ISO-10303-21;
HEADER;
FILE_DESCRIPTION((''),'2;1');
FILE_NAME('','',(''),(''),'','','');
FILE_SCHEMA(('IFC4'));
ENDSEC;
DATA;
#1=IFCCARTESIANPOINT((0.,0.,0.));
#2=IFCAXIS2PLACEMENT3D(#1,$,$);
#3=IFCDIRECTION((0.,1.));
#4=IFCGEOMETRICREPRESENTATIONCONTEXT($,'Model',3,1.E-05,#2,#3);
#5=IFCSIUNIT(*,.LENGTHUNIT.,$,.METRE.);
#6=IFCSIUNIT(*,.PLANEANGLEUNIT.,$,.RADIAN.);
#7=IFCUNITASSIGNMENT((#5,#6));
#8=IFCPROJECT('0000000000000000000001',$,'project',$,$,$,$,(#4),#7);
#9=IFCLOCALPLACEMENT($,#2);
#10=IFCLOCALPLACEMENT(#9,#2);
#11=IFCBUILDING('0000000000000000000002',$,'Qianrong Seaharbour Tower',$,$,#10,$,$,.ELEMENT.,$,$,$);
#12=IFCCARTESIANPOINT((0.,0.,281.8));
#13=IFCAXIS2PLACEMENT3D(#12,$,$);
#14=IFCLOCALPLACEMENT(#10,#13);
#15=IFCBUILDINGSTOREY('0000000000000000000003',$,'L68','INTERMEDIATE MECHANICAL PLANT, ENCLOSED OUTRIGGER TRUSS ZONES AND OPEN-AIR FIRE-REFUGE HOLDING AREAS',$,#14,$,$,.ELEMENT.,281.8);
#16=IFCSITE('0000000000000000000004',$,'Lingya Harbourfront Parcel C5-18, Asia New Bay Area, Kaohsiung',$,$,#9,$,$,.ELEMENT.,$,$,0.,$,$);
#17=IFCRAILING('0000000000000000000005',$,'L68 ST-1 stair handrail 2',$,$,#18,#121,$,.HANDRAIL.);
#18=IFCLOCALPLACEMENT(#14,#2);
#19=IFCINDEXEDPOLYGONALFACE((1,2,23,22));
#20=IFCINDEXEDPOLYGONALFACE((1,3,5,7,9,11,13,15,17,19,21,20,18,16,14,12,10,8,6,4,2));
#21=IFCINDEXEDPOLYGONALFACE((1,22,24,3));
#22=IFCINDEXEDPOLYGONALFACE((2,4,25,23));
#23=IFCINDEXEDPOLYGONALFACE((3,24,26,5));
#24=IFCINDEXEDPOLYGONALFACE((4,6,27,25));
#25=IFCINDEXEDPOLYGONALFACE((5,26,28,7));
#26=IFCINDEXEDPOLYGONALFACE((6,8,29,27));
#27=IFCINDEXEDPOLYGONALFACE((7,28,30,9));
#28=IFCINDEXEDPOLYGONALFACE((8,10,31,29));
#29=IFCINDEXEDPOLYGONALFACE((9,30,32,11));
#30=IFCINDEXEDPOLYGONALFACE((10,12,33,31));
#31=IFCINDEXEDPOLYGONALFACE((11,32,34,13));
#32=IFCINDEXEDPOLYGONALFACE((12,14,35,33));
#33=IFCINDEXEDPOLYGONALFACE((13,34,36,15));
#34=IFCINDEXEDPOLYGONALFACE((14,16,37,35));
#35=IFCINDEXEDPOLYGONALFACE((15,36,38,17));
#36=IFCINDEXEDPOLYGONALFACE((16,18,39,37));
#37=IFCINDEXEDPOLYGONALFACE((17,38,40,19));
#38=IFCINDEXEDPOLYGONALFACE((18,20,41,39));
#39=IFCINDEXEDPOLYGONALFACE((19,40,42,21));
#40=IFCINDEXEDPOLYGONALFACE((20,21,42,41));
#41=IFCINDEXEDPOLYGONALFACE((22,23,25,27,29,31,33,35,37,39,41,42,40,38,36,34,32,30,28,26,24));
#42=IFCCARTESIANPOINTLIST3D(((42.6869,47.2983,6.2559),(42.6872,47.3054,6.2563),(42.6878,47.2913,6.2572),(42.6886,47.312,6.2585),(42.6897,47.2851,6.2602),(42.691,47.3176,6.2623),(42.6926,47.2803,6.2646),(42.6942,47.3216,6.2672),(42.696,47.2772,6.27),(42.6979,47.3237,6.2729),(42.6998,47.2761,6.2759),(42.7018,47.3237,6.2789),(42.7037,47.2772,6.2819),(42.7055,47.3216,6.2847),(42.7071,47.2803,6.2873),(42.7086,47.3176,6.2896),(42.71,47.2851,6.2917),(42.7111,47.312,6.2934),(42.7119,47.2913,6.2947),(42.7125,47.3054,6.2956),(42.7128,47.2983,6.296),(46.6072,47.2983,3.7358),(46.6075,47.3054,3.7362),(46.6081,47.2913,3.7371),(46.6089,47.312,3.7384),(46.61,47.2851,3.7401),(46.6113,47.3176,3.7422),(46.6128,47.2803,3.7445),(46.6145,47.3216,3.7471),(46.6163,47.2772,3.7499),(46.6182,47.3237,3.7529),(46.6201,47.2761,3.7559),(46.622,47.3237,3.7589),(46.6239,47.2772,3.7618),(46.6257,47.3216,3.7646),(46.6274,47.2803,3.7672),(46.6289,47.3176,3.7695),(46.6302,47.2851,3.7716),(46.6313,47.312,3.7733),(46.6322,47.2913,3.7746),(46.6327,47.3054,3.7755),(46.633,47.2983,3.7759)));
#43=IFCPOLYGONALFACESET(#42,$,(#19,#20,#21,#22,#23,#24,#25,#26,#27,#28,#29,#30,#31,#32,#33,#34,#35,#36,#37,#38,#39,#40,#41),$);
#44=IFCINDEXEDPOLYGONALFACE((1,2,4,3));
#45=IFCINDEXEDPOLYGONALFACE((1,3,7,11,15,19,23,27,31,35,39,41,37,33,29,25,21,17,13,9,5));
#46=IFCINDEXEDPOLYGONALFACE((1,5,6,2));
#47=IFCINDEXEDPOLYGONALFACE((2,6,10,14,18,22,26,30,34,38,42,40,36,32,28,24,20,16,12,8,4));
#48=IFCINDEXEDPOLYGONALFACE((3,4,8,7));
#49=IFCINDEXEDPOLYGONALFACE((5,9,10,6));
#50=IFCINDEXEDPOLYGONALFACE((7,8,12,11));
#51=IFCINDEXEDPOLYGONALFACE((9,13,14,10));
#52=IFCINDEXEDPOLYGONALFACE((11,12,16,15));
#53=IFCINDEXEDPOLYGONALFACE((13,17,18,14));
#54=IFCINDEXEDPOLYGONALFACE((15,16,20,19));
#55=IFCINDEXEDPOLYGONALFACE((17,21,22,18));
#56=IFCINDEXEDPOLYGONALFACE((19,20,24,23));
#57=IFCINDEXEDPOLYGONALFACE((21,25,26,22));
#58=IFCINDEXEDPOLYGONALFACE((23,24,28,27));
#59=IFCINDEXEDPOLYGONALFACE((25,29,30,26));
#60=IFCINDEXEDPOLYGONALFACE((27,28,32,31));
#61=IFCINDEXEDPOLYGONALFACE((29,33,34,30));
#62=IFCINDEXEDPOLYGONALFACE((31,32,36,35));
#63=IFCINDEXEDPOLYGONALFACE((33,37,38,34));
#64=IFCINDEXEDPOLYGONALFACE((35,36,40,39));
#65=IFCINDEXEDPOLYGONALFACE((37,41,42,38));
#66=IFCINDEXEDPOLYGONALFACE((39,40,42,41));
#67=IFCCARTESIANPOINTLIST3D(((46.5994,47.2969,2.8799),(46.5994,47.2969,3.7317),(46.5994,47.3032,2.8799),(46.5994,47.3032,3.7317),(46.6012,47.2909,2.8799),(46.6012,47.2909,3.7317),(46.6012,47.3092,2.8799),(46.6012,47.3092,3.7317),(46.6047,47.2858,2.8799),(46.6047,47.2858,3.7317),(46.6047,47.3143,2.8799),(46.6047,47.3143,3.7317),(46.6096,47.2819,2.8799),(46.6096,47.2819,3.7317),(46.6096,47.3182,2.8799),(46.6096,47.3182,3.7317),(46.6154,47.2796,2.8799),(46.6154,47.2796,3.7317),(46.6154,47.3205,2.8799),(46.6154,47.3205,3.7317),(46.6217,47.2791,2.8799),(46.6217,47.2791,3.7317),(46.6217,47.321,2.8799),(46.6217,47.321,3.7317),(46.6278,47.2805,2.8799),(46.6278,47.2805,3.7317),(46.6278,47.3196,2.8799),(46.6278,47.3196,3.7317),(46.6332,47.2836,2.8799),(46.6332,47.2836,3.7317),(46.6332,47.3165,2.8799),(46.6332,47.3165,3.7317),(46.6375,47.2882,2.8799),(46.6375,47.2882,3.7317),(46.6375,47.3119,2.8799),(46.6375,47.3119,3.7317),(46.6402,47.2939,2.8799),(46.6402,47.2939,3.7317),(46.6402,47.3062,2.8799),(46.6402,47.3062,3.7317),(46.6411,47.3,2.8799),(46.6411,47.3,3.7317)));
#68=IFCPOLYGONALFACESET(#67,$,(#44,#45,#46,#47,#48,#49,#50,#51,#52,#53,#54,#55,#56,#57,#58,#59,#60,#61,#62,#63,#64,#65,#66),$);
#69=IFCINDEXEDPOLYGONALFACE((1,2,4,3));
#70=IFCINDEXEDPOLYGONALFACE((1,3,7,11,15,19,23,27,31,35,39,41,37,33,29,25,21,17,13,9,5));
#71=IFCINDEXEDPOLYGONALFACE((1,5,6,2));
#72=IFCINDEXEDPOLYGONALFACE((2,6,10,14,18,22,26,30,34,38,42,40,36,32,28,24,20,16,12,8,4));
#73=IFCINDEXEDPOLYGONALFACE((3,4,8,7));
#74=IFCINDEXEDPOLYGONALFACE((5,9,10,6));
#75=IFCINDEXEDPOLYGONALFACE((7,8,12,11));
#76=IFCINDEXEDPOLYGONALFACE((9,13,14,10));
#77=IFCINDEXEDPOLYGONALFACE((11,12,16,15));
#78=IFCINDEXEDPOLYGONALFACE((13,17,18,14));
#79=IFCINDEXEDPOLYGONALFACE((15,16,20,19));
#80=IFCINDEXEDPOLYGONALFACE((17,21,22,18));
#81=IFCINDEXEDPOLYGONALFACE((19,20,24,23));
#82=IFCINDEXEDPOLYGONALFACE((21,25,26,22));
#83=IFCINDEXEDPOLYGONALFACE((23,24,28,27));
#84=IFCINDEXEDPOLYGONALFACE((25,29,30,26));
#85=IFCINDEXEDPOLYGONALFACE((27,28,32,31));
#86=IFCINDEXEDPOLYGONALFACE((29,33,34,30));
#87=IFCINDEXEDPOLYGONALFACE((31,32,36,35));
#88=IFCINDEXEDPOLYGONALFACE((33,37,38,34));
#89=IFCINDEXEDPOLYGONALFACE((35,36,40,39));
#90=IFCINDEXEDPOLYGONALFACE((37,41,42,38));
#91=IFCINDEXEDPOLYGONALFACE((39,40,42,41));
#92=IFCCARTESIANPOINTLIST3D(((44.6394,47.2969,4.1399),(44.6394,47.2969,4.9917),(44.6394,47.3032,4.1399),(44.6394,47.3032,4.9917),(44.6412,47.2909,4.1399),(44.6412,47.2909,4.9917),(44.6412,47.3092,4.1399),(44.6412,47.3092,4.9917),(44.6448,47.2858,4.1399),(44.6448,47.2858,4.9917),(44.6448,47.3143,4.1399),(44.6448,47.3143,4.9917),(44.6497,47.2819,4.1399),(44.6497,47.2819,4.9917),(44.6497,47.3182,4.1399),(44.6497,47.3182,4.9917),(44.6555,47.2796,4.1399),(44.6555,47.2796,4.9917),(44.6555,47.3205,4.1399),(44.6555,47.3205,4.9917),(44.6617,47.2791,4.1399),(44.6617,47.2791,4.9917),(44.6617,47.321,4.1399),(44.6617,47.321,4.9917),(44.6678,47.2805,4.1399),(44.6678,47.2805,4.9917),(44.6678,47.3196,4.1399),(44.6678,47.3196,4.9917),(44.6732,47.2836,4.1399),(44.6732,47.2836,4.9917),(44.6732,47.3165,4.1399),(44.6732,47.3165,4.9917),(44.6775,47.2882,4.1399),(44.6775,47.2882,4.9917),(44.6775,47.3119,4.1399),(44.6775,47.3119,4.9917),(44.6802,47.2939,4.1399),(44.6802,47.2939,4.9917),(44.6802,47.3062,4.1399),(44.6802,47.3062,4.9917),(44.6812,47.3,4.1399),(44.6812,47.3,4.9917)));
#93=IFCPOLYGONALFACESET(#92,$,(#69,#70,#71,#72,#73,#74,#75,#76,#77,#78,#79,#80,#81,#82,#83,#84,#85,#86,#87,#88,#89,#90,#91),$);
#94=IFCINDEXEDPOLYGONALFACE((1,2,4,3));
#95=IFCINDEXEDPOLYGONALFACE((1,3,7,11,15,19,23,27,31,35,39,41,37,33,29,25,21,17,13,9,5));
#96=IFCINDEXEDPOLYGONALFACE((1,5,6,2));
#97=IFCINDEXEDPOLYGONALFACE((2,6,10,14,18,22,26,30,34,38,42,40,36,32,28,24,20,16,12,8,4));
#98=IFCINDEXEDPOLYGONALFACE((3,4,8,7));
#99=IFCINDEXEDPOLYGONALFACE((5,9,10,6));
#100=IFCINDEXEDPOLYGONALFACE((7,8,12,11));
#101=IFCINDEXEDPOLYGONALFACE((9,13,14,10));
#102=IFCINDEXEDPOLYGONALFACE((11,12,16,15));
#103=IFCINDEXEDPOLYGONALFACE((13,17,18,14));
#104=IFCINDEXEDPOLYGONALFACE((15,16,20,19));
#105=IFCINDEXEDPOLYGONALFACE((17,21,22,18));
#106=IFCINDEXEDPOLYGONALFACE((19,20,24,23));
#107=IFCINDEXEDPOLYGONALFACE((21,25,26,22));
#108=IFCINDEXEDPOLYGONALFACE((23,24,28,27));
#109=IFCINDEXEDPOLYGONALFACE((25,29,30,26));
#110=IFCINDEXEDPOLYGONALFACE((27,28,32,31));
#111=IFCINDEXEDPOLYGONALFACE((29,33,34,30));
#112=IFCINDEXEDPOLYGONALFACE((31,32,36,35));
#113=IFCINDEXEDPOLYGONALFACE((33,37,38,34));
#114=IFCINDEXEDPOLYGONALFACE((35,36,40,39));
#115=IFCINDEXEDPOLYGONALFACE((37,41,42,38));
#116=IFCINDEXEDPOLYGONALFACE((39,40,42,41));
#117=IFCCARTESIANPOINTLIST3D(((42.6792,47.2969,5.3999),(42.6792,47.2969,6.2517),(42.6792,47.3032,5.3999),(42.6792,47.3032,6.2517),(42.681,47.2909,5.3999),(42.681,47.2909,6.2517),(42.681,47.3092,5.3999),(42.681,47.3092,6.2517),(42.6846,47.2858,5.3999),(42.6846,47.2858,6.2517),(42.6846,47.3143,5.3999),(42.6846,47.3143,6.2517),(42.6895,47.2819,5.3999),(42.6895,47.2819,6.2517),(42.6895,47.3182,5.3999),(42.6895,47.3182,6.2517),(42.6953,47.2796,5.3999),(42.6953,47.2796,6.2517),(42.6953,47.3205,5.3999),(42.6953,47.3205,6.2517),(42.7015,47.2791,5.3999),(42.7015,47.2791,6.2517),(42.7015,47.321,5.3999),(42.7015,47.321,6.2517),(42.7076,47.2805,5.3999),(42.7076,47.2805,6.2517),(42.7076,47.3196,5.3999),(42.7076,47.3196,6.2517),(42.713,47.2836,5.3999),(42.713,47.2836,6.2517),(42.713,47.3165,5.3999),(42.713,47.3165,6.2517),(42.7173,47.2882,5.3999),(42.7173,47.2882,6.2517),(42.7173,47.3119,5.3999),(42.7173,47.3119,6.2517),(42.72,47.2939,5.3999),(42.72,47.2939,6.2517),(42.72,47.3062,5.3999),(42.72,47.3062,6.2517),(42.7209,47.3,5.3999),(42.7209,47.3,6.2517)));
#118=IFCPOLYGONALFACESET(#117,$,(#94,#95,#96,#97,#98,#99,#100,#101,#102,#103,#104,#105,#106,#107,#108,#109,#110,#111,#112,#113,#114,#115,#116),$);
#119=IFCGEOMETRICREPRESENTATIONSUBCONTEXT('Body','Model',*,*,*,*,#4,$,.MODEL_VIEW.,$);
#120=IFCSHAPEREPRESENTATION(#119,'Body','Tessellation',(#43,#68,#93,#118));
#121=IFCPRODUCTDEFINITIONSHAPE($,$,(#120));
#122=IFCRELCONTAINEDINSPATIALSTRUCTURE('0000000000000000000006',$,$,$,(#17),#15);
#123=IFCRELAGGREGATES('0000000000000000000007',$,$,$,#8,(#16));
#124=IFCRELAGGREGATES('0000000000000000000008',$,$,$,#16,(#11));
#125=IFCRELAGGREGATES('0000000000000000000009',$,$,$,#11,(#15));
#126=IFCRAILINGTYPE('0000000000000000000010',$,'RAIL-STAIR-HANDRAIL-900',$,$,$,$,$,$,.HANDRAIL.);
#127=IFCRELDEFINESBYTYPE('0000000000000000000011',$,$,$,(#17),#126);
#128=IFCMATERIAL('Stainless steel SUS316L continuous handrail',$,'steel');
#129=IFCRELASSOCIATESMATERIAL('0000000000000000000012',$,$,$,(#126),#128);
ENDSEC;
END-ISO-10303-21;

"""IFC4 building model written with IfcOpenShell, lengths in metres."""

from ifc_helpers import new_model, si_unit, direction, frame, origin, origin_2d, place, context, subcontext, project, spatial, circle, extrude, material, type_object, element, save


model = new_model("IFC4")

# Units and contexts
model_context = context("Model", 3, precision=1e-05, world=origin(), true_north=direction((0.0, 1.0)))
body_context = subcontext(model_context, "Body", "Model", "MODEL_VIEW")
ifc_project = project(units=[si_unit("LENGTHUNIT", "METRE"), si_unit("PLANEANGLEUNIT", "RADIAN")], contexts=[model_context])

# Site, building, storey
site_placement = place(None, origin())
site = spatial("IfcSite", under=ifc_project, at=site_placement, Name="Lingya Harbourfront Parcel C5-18, Asia New Bay Area, Kaohsiung", CompositionType="ELEMENT", RefElevation=0.0)
building_placement = place(site_placement, origin())
building = spatial("IfcBuilding", under=site, at=building_placement, Name="Qianrong Seaharbour Tower", CompositionType="ELEMENT")
storey_placement = place(building_placement, frame((0.0, 0.0, 281.8)))
storey = spatial("IfcBuildingStorey", under=building, at=storey_placement, Name="L68", Description="INTERMEDIATE MECHANICAL PLANT, ENCLOSED OUTRIGGER TRUSS ZONES AND OPEN-AIR FIRE-REFUGE HOLDING AREAS", CompositionType="ELEMENT", Elevation=281.8)

# Railing
ifc_material_1 = material(Name="Stainless steel SUS316L continuous handrail", Category="steel")
railing_type_1 = type_object("IfcRailingType", Name="RAIL-STAIR-HANDRAIL-900", PredefinedType="HANDRAIL", material=ifc_material_1)
railing_1_placement = place(storey_placement, frame((46.6201, 47.3, 2.8799)))
element("IfcRailing", 1, at=railing_1_placement, inside=storey, type_object=railing_type_1, Name="L68 ST-1 stair handrail 2", PredefinedType="HANDRAIL", context=body_context, shape_type="SweptSolid", body=[
    extrude(circle(Radius=0.0239, at=origin_2d()), frame((0.0, 0.0, 0.876), z_axis=(-0.841187, 0.0, 0.540744), x_axis=(0.0, -1.0, 0.0)), (0.0, 0.0, 1.0), 4.6604),
    extrude(circle(Radius=0.021, at=origin_2d()), origin(), (0.0, 0.0, 1.0), 0.8518),
    extrude(circle(Radius=0.021, at=origin_2d()), frame((-1.96, 0.0, 1.26)), (0.0, 0.0, 1.0), 0.8518),
    extrude(circle(Radius=0.021, at=origin_2d()), frame((-3.9202, 0.0, 2.52)), (0.0, 0.0, 1.0), 0.8518),
])

save(model, "model.ifc")
